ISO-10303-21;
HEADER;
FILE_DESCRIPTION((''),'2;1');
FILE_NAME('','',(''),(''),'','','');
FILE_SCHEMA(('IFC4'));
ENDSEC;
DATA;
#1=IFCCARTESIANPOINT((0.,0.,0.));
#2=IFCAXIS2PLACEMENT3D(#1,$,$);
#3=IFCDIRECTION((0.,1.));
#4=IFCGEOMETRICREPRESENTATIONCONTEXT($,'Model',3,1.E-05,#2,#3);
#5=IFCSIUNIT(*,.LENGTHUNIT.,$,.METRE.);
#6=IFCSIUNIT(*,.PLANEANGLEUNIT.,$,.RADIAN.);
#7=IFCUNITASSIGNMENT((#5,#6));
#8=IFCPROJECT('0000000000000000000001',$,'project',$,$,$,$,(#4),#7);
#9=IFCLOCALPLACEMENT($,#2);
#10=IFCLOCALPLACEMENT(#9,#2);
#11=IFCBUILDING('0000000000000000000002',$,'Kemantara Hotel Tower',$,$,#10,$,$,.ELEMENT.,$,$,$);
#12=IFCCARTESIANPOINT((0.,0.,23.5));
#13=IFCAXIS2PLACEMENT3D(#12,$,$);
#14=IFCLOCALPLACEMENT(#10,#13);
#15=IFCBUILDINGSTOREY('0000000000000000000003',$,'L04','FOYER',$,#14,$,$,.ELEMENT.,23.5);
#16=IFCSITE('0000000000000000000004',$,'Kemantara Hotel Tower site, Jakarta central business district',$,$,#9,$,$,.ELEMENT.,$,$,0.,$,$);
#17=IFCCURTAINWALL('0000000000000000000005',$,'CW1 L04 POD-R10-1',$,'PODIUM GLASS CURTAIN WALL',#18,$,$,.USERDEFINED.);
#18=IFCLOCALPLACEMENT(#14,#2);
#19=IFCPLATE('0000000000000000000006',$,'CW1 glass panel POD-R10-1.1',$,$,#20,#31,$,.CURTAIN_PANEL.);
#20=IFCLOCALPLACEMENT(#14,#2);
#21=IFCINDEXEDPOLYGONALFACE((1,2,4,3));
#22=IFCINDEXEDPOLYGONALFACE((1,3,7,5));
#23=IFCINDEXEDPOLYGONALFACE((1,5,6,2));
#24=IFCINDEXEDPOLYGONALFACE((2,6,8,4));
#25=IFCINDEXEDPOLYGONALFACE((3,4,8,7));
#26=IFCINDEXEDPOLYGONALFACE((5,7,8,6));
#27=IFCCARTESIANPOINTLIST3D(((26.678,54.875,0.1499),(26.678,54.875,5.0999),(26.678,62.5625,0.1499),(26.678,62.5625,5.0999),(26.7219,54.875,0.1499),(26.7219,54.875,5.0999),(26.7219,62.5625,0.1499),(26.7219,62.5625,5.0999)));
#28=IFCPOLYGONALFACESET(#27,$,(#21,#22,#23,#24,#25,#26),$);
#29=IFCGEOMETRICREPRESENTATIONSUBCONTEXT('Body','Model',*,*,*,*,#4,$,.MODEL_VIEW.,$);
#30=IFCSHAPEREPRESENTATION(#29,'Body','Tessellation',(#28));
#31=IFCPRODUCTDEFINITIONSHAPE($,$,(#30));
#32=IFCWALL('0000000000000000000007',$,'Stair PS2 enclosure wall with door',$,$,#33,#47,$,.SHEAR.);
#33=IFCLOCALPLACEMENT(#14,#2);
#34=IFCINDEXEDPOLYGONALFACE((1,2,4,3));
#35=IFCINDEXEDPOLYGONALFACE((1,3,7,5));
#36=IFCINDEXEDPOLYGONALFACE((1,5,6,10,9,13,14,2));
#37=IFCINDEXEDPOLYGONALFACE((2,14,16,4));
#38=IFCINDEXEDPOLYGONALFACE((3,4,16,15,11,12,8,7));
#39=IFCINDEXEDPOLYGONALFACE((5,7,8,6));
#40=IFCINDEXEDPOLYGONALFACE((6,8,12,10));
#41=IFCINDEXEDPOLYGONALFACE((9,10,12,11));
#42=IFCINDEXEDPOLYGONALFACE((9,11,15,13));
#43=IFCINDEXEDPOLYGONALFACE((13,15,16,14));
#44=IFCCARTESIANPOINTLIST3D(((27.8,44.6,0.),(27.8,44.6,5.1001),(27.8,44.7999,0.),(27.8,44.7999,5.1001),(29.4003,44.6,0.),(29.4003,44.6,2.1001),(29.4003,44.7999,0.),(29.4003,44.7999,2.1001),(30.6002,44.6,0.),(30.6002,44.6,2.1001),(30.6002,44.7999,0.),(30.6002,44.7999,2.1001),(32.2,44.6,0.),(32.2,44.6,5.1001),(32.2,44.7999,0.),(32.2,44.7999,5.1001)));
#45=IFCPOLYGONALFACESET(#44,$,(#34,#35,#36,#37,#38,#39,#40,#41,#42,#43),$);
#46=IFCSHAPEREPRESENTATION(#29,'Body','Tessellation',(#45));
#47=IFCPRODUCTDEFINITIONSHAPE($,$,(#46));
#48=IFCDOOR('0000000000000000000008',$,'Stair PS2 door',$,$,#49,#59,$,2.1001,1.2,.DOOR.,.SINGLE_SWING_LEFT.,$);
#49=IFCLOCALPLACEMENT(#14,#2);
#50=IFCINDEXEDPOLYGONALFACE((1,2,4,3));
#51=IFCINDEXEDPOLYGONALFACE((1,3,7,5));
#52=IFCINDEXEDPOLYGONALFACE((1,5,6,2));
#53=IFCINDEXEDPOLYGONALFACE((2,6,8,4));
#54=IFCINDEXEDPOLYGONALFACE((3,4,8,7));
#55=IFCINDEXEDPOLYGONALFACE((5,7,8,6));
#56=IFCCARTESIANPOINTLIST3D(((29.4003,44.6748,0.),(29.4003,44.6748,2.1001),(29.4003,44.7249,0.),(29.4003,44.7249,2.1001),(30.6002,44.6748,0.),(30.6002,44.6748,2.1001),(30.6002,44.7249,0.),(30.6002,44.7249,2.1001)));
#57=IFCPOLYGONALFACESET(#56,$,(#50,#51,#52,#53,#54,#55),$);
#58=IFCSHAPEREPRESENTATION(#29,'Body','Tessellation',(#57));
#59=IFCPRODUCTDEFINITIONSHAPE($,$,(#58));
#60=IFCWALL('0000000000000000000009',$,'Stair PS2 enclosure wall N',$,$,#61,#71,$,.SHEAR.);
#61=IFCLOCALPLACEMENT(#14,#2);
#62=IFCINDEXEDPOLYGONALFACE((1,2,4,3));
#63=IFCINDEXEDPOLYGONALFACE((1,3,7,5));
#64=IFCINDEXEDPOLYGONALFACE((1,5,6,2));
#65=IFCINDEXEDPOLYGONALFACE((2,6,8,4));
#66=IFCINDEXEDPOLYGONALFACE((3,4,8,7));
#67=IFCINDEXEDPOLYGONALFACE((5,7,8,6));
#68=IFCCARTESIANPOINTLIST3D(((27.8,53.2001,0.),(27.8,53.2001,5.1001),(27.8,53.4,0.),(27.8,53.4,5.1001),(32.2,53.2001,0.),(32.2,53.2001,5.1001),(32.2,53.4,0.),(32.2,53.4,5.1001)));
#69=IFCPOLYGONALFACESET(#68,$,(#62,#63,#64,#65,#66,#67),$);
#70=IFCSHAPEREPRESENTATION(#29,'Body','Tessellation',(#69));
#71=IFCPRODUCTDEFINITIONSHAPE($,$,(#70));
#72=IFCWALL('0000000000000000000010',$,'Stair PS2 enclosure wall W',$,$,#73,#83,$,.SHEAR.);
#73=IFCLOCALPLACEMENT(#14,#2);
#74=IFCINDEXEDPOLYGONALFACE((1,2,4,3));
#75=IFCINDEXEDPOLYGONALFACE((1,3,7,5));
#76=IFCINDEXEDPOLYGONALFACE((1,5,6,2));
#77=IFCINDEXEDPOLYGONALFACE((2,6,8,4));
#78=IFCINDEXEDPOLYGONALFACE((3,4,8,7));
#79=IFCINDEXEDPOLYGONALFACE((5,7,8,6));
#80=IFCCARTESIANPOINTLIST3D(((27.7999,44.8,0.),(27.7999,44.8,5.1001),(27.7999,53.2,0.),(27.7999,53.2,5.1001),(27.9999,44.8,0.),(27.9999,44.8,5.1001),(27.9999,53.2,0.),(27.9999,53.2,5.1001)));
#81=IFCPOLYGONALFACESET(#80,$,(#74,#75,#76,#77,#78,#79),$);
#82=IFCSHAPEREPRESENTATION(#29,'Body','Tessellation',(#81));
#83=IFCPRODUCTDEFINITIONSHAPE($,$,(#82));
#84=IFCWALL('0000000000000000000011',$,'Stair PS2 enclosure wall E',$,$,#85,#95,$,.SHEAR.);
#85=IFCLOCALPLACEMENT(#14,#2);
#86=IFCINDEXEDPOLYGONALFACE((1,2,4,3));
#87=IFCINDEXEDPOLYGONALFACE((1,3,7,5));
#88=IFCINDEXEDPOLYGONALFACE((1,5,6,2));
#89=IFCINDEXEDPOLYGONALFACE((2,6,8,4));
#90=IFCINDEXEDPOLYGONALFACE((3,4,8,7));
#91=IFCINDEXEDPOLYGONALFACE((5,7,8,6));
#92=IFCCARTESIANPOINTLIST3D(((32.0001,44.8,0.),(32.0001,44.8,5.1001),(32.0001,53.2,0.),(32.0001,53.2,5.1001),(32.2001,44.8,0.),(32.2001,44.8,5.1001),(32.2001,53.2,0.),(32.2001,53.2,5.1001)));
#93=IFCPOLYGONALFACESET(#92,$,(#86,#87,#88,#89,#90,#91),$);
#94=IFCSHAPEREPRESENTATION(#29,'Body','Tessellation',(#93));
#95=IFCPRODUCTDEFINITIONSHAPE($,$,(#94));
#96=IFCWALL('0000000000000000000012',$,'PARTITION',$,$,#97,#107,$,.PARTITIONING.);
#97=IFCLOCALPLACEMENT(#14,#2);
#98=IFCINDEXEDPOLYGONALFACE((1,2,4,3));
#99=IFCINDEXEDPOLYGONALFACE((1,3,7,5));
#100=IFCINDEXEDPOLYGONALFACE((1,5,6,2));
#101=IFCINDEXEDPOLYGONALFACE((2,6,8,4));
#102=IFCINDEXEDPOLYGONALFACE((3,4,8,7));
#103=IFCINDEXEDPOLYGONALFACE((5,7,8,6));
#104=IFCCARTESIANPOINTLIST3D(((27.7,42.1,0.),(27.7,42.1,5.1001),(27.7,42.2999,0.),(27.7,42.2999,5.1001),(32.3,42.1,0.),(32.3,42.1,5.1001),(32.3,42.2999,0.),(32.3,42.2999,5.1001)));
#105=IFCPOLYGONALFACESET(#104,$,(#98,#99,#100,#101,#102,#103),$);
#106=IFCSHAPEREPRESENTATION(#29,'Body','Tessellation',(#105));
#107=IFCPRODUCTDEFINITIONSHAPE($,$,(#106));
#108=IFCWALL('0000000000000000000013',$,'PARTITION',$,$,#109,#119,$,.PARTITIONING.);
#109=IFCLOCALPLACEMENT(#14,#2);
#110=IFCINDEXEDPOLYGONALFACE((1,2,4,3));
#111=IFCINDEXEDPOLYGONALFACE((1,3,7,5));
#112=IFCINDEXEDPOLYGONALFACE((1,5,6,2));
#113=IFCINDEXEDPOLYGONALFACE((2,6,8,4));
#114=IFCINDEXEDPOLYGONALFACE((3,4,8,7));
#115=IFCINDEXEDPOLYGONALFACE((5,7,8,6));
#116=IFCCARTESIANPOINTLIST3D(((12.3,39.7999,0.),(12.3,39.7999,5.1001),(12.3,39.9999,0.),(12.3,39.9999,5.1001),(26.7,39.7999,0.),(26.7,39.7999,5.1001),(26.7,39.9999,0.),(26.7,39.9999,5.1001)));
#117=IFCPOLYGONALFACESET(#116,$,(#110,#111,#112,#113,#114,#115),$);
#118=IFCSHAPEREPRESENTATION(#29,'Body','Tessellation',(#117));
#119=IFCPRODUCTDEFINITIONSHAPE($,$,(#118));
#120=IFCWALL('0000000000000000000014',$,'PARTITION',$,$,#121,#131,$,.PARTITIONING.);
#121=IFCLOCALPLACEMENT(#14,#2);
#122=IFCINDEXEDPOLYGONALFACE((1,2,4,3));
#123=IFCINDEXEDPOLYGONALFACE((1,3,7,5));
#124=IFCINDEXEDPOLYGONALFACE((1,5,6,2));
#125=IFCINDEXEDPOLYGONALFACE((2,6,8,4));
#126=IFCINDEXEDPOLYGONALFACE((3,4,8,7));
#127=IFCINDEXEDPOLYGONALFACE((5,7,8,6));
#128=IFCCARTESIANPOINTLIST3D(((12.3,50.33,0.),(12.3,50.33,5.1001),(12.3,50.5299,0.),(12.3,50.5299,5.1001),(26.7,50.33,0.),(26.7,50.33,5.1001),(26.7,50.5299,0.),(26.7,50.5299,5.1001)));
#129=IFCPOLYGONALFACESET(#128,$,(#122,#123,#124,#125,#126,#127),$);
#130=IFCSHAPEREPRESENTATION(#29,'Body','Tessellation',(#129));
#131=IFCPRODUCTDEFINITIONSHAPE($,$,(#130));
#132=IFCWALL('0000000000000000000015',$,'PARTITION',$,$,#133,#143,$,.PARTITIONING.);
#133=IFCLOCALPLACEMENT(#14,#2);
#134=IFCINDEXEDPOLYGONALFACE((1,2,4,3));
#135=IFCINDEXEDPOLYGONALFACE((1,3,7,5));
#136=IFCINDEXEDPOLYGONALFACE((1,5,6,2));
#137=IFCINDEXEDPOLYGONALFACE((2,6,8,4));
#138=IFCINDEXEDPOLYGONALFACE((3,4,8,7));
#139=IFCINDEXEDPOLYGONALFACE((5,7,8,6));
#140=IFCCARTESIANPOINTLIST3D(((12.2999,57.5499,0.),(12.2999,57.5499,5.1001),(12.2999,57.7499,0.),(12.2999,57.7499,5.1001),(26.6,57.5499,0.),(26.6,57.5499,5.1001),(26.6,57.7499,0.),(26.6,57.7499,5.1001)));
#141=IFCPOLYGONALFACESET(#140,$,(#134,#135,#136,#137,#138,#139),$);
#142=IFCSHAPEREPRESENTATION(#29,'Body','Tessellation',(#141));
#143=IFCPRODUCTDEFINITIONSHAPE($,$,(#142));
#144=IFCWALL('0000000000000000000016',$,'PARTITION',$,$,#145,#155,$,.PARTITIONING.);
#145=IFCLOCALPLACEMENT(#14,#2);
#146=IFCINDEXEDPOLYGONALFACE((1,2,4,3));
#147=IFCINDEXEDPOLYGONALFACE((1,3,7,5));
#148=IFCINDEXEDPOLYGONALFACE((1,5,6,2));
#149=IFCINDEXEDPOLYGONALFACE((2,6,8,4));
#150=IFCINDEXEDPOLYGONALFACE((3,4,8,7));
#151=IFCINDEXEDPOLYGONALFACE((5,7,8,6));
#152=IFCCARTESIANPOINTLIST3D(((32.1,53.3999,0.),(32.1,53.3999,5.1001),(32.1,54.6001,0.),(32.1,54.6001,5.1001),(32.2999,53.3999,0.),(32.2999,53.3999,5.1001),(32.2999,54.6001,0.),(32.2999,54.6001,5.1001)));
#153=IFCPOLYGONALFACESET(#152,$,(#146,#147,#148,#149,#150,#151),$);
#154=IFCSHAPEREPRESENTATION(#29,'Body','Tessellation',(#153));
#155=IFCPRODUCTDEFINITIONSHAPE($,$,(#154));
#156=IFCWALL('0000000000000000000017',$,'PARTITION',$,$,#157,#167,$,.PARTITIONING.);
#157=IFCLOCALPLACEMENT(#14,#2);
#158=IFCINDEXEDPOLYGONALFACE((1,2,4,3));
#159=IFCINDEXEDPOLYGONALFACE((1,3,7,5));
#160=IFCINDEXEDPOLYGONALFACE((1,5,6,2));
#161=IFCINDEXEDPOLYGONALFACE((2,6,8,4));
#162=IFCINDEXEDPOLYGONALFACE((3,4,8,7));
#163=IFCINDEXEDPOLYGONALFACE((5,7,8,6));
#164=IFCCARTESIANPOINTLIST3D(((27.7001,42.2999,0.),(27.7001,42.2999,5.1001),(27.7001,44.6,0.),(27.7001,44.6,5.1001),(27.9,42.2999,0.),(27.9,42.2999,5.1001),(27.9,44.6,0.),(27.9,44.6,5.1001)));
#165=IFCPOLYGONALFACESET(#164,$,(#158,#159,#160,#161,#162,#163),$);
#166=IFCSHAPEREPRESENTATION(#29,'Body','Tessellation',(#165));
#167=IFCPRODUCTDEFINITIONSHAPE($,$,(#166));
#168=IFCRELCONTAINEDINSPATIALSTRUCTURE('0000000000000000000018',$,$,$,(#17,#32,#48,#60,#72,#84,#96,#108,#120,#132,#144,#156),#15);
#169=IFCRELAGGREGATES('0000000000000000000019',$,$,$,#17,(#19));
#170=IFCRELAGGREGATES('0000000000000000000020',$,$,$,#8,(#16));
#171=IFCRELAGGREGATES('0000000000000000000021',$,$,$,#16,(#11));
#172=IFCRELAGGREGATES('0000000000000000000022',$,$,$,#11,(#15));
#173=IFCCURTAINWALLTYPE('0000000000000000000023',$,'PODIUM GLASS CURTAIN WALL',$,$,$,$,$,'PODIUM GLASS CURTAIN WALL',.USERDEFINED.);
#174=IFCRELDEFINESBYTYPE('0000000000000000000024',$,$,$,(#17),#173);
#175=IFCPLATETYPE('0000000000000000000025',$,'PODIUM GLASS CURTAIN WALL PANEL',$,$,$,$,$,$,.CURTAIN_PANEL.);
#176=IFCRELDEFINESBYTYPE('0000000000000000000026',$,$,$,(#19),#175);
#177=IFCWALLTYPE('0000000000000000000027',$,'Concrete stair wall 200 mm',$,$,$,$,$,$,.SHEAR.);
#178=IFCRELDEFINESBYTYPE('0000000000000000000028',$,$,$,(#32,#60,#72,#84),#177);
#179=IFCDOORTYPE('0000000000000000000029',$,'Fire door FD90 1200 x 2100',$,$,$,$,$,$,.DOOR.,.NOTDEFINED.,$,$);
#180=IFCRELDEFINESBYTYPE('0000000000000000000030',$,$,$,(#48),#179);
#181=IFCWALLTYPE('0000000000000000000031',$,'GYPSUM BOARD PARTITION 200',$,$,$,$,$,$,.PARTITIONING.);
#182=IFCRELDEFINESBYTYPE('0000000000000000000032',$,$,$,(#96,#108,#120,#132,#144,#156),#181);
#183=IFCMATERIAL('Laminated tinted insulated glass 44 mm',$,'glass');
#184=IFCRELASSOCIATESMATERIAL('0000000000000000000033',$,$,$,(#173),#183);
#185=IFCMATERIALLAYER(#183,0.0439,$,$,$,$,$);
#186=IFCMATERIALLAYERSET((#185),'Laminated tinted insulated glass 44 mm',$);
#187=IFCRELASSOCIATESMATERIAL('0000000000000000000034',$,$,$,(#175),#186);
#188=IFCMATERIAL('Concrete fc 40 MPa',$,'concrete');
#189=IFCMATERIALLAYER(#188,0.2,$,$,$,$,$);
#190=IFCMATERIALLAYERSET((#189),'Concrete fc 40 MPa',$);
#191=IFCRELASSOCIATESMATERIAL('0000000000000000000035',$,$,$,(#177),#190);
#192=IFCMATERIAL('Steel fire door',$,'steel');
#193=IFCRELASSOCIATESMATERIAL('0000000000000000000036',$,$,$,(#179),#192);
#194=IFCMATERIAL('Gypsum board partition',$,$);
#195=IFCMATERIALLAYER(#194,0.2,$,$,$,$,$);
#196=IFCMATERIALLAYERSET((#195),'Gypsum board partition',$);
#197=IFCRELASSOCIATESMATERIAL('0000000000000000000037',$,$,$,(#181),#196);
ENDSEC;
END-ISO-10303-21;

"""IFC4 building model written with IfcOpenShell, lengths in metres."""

from ifc_helpers import new_model, si_unit, direction, frame, frame_2d, origin, origin_2d, place, context, subcontext, project, spatial, rectangle, extrude, source, transform, mapped, material, layer, layer_set, type_object, element, fill, aggregate, save


model = new_model("IFC4")

# Units and contexts
model_context = context("Model", 3, precision=1e-05, world=origin(), true_north=direction((0.0, 1.0)))
body_context = subcontext(model_context, "Body", "Model", "MODEL_VIEW")
ifc_project = project(units=[si_unit("LENGTHUNIT", "METRE"), si_unit("PLANEANGLEUNIT", "RADIAN")], contexts=[model_context])

# Site, building, storey
site_placement = place(None, origin())
site = spatial("IfcSite", under=ifc_project, at=site_placement, Name="Kemantara Hotel Tower site, Jakarta central business district", CompositionType="ELEMENT", RefElevation=0.0)
building_placement = place(site_placement, origin())
building = spatial("IfcBuilding", under=site, at=building_placement, Name="Kemantara Hotel Tower", CompositionType="ELEMENT")
storey_placement = place(building_placement, frame((0.0, 0.0, 23.5)))
storey = spatial("IfcBuildingStorey", under=building, at=storey_placement, Name="L04", Description="FOYER", CompositionType="ELEMENT", Elevation=23.5)

# Curtain wall
ifc_material_1 = material(Name="Laminated tinted insulated glass 44 mm", Category="glass")
curtain_wall_type = type_object("IfcCurtainWallType", Name="PODIUM GLASS CURTAIN WALL", ElementType="PODIUM GLASS CURTAIN WALL", PredefinedType="USERDEFINED", material=ifc_material_1)
curtain_wall_1_placement = place(storey_placement, origin())
curtain_wall_1 = element("IfcCurtainWall", 1, at=curtain_wall_1_placement, inside=storey, type_object=curtain_wall_type, Name="CW1 L04 POD-R10-1", ObjectType="PODIUM GLASS CURTAIN WALL", PredefinedType="USERDEFINED")

# Plate
ifc_layer_1 = layer(ifc_material_1, 0.0439)
ifc_layer_set_1 = layer_set([ifc_layer_1], Name="Laminated tinted insulated glass 44 mm")
plate_type = type_object("IfcPlateType", Name="PODIUM GLASS CURTAIN WALL PANEL", PredefinedType="CURTAIN_PANEL", material=ifc_layer_set_1)
shared_shape_1 = source(origin(), body_context, "Body", "SweptSolid", [
    extrude(rectangle(XDim=7.6875, YDim=0.0439, at=origin_2d()), origin(), (0.0, 0.0, 1.0), 4.95),
])
plate_1_placement = place(storey_placement, frame((26.7, 58.7188, 0.1499), z_axis=(0.0, 0.0, 1.0), x_axis=(0.0, 1.0, 0.0)))
plate_1 = element("IfcPlate", 2, at=plate_1_placement, type_object=plate_type, Name="CW1 glass panel POD-R10-1.1", PredefinedType="CURTAIN_PANEL", context=body_context, shape_type="MappedRepresentation", body=[
    mapped(shared_shape_1, transform((0.0, 0.0, 0.0))),
])
aggregate(curtain_wall_1, [plate_1])

# Wall, opening, door
ifc_material_2 = material(Name="Concrete fc 40 MPa", Category="concrete")
ifc_layer_2 = layer(ifc_material_2, 0.2)
ifc_layer_set_2 = layer_set([ifc_layer_2], Name="Concrete fc 40 MPa")
wall_type_1 = type_object("IfcWallType", Name="Concrete stair wall 200 mm", PredefinedType="SHEAR", material=ifc_layer_set_2)
wall_1_placement = place(storey_placement, frame((27.8, 44.7, 0.0), z_axis=(0.0, 0.0, 1.0), x_axis=(1.0, 0.0, 0.0)))
wall_1 = element("IfcWall", 3, at=wall_1_placement, inside=storey, type_object=wall_type_1, Name="Stair PS2 enclosure wall with door", PredefinedType="SHEAR", context=body_context, shape_type="SweptSolid", body=[
    extrude(rectangle(XDim=4.3999, YDim=0.2, at=frame_2d((2.2, 0.0))), origin(), (0.0, 0.0, 1.0), 5.1001),
])
opening_placement = place(wall_1_placement, frame((1.6001, 0.0, 0.0)))
opening = element("IfcOpeningElement", 4, at=opening_placement, cuts=wall_1, PredefinedType="OPENING", context=body_context, shape_type="SweptSolid", body=[
    extrude(rectangle(XDim=1.2, YDim=2.1001, at=frame_2d((0.6001, 1.05))), frame((0.0, 0.1099, 0.0), z_axis=(0.0, -1.0, 0.0), x_axis=(1.0, 0.0, 0.0)), (0.0, 0.0, 1.0), 0.22),
])
ifc_material_3 = material(Name="Steel fire door", Category="steel")
door_type = type_object("IfcDoorType", Name="Fire door FD90 1200 x 2100", OperationType="NOTDEFINED", PredefinedType="DOOR", material=ifc_material_3)
door_placement = place(opening_placement, origin())
door = element("IfcDoor", 5, at=door_placement, inside=storey, type_object=door_type, Name="Stair PS2 door", OperationType="SINGLE_SWING_LEFT", OverallHeight=2.1001, OverallWidth=1.2, PredefinedType="DOOR", context=body_context, shape_type="SweptSolid", body=[
    extrude(rectangle(XDim=1.2, YDim=2.1001, at=frame_2d((0.6001, 1.05))), frame((0.0, 0.0249, 0.0), z_axis=(0.0, -1.0, 0.0), x_axis=(1.0, 0.0, 0.0)), (0.0, 0.0, 1.0), 0.05),
])
fill(opening, door)

# Walls
wall_2_placement = place(storey_placement, frame((27.8, 53.3, 0.0), z_axis=(0.0, 0.0, 1.0), x_axis=(1.0, 0.0, 0.0)))
element("IfcWall", 6, at=wall_2_placement, inside=storey, type_object=wall_type_1, Name="Stair PS2 enclosure wall N", PredefinedType="SHEAR", context=body_context, shape_type="SweptSolid", body=[
    extrude(rectangle(XDim=4.3999, YDim=0.2, at=frame_2d((2.2, 0.0))), origin(), (0.0, 0.0, 1.0), 5.1001),
])
for number, where, z_axis, x_axis, name in (
    (7, (27.8999, 44.8, 0.0), (0.0, 0.0, 1.0), (0.0, 1.0, 0.0), "Stair PS2 enclosure wall W"),
    (8, (32.1001, 44.8, 0.0), (0.0, 0.0, 1.0), (0.0, 1.0, 0.0), "Stair PS2 enclosure wall E"),
):
    element("IfcWall", number, at=place(storey_placement, frame(where, z_axis=z_axis, x_axis=x_axis)), inside=storey, type_object=wall_type_1, Name=name, PredefinedType="SHEAR", context=body_context, shape_type="SweptSolid", body=[
        extrude(rectangle(XDim=8.3999, YDim=0.2, at=frame_2d((4.2, 0.0))), origin(), (0.0, 0.0, 1.0), 5.1001),
    ])
ifc_material_4 = material(Name="Gypsum board partition")
ifc_layer_3 = layer(ifc_material_4, 0.2)
ifc_layer_set_3 = layer_set([ifc_layer_3], Name="Gypsum board partition")
wall_type_2 = type_object("IfcWallType", Name="GYPSUM BOARD PARTITION 200", PredefinedType="PARTITIONING", material=ifc_layer_set_3)
wall_3_placement = place(storey_placement, frame((27.7, 42.2, 0.0), z_axis=(0.0, 0.0, 1.0), x_axis=(1.0, 0.0, 0.0)))
element("IfcWall", 9, at=wall_3_placement, inside=storey, type_object=wall_type_2, Name="PARTITION", PredefinedType="PARTITIONING", context=body_context, shape_type="SweptSolid", body=[
    extrude(rectangle(XDim=4.6001, YDim=0.2, at=frame_2d((2.3, 0.0))), origin(), (0.0, 0.0, 1.0), 5.1001),
])
for number, where, z_axis, x_axis, name in (
    (10, (12.3, 39.8999, 0.0), (0.0, 0.0, 1.0), (1.0, 0.0, 0.0), "PARTITION"),
    (11, (12.3, 50.4299, 0.0), (0.0, 0.0, 1.0), (1.0, 0.0, 0.0), "PARTITION"),
):
    element("IfcWall", number, at=place(storey_placement, frame(where, z_axis=z_axis, x_axis=x_axis)), inside=storey, type_object=wall_type_2, Name=name, PredefinedType="PARTITIONING", context=body_context, shape_type="SweptSolid", body=[
        extrude(rectangle(XDim=14.3999, YDim=0.2, at=frame_2d((7.2, 0.0))), origin(), (0.0, 0.0, 1.0), 5.1001),
    ])
wall_4_placement = place(storey_placement, frame((12.3, 57.6499, 0.0), z_axis=(0.0, 0.0, 1.0), x_axis=(1.0, 0.0, 0.0)))
element("IfcWall", 12, at=wall_4_placement, inside=storey, type_object=wall_type_2, Name="PARTITION", PredefinedType="PARTITIONING", context=body_context, shape_type="SweptSolid", body=[
    extrude(rectangle(XDim=14.3, YDim=0.2, at=frame_2d((7.1499, 0.0))), origin(), (0.0, 0.0, 1.0), 5.1001),
])
wall_5_placement = place(storey_placement, frame((32.2, 53.3999, 0.0), z_axis=(0.0, 0.0, 1.0), x_axis=(0.0, 1.0, 0.0)))
element("IfcWall", 13, at=wall_5_placement, inside=storey, type_object=wall_type_2, Name="PARTITION", PredefinedType="PARTITIONING", context=body_context, shape_type="SweptSolid", body=[
    extrude(rectangle(XDim=1.2002, YDim=0.2, at=frame_2d((0.6001, 0.0))), origin(), (0.0, 0.0, 1.0), 5.1001),
])
wall_6_placement = place(storey_placement, frame((27.8, 42.3, 0.0), z_axis=(0.0, 0.0, 1.0), x_axis=(0.0, 1.0, 0.0)))
element("IfcWall", 14, at=wall_6_placement, inside=storey, type_object=wall_type_2, Name="PARTITION", PredefinedType="PARTITIONING", context=body_context, shape_type="SweptSolid", body=[
    extrude(rectangle(XDim=2.3, YDim=0.2, at=frame_2d((1.1499, 0.0))), origin(), (0.0, 0.0, 1.0), 5.1001),
])

save(model, "model.ifc")
